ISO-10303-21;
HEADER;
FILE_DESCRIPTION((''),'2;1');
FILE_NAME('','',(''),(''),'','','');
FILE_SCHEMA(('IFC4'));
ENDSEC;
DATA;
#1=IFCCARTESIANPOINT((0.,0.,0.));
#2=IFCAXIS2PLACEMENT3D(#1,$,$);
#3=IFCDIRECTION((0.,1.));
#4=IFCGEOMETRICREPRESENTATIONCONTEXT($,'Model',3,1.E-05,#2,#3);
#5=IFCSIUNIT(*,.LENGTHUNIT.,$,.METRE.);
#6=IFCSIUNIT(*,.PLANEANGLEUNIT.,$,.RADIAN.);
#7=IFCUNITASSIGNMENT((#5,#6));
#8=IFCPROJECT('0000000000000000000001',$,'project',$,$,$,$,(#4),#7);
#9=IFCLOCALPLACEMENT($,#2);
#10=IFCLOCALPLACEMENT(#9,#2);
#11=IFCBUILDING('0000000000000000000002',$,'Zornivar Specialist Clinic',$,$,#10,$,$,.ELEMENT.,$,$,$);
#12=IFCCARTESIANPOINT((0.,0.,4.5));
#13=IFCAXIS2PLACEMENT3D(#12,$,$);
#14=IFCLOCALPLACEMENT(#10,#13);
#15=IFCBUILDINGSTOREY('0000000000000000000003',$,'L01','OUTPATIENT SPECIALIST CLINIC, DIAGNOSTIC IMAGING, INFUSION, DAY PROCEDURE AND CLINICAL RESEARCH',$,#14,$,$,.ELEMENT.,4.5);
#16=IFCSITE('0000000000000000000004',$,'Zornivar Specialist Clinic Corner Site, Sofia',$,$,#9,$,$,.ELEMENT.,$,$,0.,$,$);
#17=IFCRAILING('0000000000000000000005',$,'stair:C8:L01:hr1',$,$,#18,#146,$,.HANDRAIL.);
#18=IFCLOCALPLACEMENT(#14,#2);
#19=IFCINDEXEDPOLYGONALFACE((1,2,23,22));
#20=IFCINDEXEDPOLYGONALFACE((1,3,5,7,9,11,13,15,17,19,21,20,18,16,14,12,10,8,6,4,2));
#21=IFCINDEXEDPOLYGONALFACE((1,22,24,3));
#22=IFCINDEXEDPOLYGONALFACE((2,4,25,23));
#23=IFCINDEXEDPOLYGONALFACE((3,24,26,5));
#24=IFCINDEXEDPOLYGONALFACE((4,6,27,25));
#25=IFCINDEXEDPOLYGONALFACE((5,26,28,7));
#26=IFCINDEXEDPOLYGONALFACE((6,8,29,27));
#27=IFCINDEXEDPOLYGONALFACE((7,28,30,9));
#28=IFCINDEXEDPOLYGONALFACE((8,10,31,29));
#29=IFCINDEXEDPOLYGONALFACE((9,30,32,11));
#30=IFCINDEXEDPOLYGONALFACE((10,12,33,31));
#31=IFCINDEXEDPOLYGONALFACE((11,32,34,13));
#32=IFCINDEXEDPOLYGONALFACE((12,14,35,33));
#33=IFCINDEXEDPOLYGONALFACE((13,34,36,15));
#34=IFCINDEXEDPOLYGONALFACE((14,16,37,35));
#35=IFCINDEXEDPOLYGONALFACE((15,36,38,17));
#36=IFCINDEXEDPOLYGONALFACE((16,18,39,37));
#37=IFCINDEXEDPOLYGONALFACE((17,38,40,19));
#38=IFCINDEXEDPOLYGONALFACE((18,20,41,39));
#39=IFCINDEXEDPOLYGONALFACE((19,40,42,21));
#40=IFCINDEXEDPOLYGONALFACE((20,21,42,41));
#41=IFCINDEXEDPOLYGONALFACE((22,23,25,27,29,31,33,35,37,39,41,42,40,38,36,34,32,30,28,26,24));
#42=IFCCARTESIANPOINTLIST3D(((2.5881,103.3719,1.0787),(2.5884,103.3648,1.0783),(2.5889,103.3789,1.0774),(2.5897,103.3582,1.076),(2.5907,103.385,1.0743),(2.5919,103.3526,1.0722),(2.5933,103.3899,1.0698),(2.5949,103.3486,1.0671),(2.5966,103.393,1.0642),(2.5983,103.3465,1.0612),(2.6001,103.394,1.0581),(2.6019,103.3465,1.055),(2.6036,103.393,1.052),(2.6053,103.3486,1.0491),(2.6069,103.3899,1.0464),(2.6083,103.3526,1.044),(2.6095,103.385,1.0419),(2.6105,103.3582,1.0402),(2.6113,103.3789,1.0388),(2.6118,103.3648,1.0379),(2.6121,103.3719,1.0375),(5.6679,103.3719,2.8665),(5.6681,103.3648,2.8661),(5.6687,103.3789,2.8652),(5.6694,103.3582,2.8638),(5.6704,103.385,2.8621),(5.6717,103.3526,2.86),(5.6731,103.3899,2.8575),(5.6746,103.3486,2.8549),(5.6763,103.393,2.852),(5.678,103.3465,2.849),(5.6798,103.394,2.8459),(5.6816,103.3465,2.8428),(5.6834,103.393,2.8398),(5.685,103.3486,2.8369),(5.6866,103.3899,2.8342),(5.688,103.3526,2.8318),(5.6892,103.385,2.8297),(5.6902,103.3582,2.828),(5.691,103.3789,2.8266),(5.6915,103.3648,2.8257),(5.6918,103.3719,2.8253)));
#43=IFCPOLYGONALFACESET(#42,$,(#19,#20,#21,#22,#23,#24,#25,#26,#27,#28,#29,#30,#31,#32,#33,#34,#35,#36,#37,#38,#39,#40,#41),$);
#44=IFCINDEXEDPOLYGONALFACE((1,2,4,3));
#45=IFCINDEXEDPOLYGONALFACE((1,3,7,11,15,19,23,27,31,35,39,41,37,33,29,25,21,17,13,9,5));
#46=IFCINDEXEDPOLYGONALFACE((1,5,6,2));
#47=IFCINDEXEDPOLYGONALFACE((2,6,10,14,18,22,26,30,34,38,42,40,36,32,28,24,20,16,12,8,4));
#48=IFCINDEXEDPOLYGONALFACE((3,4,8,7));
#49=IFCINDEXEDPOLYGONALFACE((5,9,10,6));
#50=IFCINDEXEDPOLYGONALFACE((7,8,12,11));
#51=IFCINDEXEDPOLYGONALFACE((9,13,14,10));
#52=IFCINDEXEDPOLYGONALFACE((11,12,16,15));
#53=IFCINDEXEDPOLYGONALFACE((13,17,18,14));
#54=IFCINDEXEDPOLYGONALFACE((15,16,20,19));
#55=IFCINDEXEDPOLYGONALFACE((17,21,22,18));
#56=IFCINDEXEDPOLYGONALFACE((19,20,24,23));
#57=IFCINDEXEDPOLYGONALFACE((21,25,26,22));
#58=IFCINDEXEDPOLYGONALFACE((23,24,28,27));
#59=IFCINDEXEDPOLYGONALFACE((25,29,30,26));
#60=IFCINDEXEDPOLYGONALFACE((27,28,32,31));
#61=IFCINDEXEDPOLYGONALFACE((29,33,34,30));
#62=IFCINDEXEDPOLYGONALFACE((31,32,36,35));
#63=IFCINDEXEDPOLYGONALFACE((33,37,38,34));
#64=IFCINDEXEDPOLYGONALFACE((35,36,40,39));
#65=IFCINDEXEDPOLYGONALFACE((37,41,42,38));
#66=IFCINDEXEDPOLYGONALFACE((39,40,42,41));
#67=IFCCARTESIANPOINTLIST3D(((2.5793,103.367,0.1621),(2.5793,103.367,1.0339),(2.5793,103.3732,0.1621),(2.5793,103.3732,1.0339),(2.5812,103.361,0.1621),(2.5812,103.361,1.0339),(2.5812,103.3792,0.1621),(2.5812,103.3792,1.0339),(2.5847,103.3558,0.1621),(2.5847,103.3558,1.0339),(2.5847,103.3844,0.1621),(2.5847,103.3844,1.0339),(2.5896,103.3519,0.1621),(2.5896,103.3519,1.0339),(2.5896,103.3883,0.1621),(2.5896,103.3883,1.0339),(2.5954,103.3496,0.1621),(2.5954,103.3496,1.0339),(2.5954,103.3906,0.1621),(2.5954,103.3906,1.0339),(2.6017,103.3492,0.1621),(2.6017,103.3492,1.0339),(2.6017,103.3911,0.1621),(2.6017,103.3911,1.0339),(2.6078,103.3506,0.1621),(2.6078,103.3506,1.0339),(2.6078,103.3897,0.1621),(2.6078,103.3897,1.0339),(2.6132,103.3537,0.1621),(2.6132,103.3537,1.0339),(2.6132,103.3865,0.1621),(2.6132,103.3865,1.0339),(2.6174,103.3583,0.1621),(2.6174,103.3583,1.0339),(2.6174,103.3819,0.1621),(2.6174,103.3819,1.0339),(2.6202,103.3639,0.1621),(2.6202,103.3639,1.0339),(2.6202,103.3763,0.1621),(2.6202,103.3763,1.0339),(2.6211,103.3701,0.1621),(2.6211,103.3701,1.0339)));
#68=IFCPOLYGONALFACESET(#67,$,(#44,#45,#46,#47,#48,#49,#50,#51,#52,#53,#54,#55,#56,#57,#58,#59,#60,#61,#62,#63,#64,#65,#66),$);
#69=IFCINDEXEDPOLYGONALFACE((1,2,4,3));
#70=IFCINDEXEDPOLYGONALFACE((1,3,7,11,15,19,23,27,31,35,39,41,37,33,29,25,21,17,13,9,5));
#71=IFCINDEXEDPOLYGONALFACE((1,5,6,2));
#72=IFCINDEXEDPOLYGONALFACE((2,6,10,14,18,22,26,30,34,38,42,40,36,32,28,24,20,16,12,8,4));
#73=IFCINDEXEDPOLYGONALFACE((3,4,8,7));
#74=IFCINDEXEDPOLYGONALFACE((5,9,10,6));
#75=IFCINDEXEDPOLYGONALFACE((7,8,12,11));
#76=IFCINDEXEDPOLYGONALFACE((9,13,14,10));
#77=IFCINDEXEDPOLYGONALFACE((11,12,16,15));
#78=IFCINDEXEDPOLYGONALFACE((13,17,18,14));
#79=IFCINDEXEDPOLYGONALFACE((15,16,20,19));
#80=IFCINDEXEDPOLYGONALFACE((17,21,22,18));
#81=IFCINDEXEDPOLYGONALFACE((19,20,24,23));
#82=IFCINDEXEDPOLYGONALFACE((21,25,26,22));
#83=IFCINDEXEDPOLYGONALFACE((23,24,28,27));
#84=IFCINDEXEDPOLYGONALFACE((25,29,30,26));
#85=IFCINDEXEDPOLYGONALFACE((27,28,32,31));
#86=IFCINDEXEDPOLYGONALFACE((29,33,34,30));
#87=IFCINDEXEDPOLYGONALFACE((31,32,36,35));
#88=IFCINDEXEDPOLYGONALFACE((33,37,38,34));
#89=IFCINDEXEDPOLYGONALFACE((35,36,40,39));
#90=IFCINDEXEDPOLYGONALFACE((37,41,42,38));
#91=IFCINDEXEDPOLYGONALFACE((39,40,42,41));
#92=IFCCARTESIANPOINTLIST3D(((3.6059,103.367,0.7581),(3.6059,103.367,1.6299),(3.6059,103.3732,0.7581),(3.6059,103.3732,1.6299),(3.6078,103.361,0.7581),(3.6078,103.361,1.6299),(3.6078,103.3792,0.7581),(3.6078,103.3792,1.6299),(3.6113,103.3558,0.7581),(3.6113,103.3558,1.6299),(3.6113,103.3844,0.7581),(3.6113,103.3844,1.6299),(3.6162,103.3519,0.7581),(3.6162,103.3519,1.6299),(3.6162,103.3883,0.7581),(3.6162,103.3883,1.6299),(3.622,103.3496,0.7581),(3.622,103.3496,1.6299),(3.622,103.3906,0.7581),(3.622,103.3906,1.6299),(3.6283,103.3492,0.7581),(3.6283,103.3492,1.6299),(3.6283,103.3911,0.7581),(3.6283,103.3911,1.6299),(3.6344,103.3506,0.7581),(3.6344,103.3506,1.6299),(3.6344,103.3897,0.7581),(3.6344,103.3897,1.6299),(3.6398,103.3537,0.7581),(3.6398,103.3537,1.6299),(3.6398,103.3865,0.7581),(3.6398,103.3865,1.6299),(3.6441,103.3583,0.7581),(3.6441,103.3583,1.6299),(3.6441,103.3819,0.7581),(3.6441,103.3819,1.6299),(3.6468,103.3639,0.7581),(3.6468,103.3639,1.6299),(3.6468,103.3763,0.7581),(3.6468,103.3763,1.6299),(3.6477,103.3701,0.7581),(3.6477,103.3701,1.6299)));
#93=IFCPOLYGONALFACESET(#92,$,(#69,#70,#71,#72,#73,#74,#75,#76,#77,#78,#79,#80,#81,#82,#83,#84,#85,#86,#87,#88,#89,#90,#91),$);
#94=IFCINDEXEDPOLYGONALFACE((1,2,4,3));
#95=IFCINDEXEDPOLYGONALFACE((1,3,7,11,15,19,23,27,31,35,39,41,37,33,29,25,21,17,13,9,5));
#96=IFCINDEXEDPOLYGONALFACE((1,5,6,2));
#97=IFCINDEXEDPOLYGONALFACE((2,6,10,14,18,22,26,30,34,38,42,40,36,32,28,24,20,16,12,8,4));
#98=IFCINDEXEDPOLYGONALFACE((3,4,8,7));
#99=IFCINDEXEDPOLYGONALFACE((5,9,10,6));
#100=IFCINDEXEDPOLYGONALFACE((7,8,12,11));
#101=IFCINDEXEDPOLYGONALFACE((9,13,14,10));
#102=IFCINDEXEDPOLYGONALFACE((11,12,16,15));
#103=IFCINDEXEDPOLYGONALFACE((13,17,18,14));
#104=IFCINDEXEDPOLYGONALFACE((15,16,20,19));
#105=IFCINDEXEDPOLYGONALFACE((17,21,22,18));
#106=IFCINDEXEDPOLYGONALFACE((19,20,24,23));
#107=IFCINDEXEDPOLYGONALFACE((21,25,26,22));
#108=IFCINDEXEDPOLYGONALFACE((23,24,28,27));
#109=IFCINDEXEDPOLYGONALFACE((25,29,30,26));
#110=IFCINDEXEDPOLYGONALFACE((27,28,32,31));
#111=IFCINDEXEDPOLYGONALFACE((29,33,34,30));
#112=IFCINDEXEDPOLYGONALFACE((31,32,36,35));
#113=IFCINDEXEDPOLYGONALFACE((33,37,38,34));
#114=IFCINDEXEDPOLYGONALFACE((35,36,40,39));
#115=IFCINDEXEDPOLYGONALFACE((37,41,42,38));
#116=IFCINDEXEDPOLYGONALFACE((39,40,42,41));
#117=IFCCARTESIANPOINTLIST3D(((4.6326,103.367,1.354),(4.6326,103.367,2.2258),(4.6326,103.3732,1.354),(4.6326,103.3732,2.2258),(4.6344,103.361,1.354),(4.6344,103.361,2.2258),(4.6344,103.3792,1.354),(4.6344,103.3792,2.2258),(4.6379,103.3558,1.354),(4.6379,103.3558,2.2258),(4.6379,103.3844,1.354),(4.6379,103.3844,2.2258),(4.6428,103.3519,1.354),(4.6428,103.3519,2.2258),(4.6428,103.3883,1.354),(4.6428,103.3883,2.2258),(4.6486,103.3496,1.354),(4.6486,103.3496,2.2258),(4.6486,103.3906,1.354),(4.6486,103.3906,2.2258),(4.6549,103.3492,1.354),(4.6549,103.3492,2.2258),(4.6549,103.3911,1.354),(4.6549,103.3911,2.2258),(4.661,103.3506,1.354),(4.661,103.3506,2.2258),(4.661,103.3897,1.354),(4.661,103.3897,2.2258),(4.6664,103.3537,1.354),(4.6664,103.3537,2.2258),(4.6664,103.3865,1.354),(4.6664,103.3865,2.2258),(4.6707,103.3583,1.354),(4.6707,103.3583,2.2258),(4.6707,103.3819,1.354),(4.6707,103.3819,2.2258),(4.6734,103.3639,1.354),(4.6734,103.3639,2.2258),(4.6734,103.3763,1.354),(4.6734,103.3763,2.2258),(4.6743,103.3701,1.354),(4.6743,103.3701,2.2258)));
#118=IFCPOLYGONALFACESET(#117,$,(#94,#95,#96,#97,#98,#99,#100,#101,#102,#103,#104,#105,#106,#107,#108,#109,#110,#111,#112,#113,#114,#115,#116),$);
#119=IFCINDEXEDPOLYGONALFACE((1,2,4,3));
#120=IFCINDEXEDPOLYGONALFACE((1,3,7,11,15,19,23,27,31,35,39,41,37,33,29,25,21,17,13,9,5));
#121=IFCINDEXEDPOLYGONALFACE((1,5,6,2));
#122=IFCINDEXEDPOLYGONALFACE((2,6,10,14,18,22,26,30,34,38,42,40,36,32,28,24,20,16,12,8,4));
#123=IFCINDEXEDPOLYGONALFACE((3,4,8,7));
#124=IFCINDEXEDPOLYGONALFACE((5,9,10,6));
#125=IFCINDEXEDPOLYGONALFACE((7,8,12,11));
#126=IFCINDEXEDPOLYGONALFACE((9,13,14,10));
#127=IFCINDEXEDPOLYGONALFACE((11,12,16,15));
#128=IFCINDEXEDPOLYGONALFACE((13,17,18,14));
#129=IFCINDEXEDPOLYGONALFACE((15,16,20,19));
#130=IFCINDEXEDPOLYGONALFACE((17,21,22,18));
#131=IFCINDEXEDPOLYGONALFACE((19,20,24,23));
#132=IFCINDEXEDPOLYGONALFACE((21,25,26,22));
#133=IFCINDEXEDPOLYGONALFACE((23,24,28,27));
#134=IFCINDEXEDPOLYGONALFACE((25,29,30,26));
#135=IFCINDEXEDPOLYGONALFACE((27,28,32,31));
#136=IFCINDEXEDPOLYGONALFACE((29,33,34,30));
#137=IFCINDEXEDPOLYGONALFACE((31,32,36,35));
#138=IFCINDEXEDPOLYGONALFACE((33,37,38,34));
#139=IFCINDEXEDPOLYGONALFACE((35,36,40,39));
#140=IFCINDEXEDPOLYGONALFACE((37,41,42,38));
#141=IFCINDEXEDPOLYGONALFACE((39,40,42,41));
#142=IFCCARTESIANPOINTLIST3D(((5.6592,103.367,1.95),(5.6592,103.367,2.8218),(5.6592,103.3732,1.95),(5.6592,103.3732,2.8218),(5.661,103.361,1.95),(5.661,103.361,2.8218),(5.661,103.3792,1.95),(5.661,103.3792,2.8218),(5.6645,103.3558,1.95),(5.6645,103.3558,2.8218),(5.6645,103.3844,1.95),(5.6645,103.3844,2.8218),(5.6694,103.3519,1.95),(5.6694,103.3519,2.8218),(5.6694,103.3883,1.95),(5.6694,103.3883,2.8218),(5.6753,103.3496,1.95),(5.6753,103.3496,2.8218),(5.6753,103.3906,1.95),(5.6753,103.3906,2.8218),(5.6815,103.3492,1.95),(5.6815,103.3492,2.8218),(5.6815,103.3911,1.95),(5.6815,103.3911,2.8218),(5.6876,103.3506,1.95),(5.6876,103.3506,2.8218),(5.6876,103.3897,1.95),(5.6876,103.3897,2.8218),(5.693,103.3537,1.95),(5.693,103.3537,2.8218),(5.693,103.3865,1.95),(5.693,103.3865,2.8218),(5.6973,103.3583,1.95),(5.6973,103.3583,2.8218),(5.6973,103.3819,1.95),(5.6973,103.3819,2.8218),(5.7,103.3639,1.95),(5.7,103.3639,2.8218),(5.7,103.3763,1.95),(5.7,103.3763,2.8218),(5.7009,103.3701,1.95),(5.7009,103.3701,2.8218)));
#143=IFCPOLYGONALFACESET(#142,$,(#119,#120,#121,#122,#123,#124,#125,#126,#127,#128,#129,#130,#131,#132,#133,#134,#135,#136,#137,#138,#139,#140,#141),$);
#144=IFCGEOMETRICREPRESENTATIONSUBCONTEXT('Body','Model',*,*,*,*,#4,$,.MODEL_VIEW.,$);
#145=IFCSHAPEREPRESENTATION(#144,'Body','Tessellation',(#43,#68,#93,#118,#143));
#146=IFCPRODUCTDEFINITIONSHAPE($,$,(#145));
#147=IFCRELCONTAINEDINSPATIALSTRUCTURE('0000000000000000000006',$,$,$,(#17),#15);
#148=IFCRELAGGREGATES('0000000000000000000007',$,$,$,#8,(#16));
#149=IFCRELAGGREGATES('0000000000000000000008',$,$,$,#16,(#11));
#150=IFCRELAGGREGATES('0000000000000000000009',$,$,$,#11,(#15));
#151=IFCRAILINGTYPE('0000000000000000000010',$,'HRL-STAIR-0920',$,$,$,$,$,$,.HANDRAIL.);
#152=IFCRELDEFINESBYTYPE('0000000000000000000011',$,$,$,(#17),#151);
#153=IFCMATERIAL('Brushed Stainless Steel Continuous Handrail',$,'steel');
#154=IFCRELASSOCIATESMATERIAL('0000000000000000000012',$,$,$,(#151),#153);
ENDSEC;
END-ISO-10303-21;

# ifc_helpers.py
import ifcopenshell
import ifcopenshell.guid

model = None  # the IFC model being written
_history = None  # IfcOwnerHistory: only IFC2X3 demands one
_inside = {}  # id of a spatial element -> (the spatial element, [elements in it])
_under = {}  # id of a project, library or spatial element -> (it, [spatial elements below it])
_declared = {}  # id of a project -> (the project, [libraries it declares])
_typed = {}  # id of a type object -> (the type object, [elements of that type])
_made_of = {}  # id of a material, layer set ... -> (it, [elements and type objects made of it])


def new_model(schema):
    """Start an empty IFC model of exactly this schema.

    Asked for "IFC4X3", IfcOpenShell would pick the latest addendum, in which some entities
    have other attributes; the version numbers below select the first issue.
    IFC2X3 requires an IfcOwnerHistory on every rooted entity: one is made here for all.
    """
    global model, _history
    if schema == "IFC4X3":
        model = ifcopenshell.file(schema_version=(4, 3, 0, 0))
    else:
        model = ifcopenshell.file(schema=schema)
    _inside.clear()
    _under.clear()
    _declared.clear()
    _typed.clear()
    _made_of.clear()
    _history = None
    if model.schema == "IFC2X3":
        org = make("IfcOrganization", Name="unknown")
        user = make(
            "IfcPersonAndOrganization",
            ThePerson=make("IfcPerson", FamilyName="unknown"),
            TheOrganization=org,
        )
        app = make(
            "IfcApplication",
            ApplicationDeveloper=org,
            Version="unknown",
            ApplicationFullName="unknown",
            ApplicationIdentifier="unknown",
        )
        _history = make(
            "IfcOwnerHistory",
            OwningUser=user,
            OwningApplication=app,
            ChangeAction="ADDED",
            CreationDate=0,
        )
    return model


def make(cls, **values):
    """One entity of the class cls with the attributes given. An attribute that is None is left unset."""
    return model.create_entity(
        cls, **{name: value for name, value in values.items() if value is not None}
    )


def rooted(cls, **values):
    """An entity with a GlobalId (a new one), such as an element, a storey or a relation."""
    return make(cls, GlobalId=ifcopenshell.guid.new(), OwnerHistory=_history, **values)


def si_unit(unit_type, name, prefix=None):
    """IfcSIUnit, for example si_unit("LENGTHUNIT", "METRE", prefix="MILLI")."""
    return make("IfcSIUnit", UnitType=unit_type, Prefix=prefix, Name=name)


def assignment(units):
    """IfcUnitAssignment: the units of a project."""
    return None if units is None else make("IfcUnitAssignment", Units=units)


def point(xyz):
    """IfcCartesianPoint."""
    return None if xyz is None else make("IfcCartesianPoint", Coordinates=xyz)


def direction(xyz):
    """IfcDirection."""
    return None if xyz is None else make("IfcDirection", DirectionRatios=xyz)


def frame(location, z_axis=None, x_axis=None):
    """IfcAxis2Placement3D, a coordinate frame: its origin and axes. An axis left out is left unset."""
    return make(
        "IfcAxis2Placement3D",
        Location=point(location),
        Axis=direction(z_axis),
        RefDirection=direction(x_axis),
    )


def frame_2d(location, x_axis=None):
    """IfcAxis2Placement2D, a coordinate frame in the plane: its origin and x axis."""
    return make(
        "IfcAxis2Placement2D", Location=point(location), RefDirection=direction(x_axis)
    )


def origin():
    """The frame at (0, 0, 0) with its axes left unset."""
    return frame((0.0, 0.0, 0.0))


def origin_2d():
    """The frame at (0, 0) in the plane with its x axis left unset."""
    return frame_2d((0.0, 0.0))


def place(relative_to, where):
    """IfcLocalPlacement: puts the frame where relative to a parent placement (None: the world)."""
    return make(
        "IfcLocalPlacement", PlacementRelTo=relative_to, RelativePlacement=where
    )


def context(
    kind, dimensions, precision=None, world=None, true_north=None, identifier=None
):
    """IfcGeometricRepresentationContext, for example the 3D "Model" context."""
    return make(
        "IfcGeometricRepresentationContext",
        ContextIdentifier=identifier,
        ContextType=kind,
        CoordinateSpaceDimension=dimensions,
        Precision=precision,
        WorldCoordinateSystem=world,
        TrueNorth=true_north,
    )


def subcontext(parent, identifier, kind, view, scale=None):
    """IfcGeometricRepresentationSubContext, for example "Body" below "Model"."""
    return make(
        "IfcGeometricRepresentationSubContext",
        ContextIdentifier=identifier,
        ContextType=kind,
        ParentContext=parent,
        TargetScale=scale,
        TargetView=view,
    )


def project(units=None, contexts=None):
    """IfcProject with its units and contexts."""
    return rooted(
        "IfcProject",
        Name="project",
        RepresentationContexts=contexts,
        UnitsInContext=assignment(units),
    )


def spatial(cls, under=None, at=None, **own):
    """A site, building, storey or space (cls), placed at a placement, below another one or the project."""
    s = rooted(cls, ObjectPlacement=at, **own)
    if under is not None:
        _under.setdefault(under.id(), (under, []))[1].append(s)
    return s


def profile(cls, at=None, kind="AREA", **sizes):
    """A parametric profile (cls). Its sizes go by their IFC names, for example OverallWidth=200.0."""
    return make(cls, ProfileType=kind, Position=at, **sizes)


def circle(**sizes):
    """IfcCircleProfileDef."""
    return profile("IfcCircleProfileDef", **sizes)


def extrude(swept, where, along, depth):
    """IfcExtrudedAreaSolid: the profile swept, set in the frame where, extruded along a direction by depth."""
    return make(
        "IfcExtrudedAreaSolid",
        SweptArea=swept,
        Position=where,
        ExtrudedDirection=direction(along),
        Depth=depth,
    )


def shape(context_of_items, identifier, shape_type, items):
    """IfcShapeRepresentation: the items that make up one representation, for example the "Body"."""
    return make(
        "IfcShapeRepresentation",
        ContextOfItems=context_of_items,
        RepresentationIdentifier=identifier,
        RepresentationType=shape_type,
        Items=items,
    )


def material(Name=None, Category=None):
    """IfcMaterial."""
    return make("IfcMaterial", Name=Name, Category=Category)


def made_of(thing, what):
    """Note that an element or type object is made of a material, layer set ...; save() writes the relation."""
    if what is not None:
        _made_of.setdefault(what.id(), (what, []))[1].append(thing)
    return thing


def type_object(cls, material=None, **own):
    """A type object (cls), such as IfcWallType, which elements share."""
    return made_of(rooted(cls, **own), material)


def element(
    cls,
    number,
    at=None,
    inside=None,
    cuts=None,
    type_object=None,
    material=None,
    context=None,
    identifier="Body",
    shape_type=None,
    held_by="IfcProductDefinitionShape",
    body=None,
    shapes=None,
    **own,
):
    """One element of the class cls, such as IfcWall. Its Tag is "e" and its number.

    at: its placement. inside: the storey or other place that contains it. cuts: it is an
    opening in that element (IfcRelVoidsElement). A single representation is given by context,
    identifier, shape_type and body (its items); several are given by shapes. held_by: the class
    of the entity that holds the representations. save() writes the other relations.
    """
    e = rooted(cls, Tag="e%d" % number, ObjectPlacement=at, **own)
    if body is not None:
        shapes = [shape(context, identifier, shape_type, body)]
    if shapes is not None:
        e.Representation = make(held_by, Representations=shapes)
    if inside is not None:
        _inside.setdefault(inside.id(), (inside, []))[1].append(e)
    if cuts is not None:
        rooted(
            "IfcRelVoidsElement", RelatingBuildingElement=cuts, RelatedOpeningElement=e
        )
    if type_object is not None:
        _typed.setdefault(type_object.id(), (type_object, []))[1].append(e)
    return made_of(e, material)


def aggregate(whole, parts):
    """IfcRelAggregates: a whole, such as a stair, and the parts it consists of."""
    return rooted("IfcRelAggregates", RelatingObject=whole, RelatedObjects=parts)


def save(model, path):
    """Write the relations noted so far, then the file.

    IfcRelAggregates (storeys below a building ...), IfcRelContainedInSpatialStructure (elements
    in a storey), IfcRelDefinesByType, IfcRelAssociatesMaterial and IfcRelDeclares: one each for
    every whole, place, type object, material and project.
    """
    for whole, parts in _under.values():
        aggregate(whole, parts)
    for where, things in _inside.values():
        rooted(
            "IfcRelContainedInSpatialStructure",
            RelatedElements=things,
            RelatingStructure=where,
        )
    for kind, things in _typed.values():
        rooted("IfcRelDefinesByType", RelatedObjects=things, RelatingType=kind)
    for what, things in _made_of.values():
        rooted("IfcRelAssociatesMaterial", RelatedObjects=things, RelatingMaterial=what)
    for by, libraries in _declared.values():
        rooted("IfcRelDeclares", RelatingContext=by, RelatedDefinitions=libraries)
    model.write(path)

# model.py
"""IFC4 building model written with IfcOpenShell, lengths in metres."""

from ifc_helpers import new_model, si_unit, direction, frame, origin, origin_2d, place, context, subcontext, project, spatial, circle, extrude, material, type_object, element, save


model = new_model("IFC4")

# Units and contexts
model_context = context("Model", 3, precision=1e-05, world=origin(), true_north=direction((0.0, 1.0)))
body_context = subcontext(model_context, "Body", "Model", "MODEL_VIEW")
ifc_project = project(units=[si_unit("LENGTHUNIT", "METRE"), si_unit("PLANEANGLEUNIT", "RADIAN")], contexts=[model_context])

# Site, building, storey
site_placement = place(None, origin())
site = spatial("IfcSite", under=ifc_project, at=site_placement, Name="Zornivar Specialist Clinic Corner Site, Sofia", CompositionType="ELEMENT", RefElevation=0.0)
building_placement = place(site_placement, origin())
building = spatial("IfcBuilding", under=site, at=building_placement, Name="Zornivar Specialist Clinic", CompositionType="ELEMENT")
storey_placement = place(building_placement, frame((0.0, 0.0, 4.5)))
storey = spatial("IfcBuildingStorey", under=building, at=storey_placement, Name="L01", Description="OUTPATIENT SPECIALIST CLINIC, DIAGNOSTIC IMAGING, INFUSION, DAY PROCEDURE AND CLINICAL RESEARCH", CompositionType="ELEMENT", Elevation=4.5)

# Railing
ifc_material_1 = material(Name="Brushed Stainless Steel Continuous Handrail", Category="steel")
railing_type_1 = type_object("IfcRailingType", Name="HRL-STAIR-0920", PredefinedType="HANDRAIL", material=ifc_material_1)
railing_1_placement = place(storey_placement, frame((2.6001, 103.3701, 0.1621)))
element("IfcRailing", 1, at=railing_1_placement, inside=storey, type_object=railing_type_1, Name="stair:C8:L01:hr1", PredefinedType="HANDRAIL", context=body_context, shape_type="SweptSolid", body=[
    extrude(circle(Radius=0.0239, at=origin_2d()), frame((0.0, 0.0, 0.896), z_axis=(0.864844, 0.0, 0.502041), x_axis=(0.0, 1.0, 0.0)), (0.0, 0.0, 1.0), 3.561),
    extrude(circle(Radius=0.021, at=origin_2d()), origin(), (0.0, 0.0, 1.0), 0.8718),
    extrude(circle(Radius=0.021, at=origin_2d()), frame((1.0266, 0.0, 0.5959)), (0.0, 0.0, 1.0), 0.8718),
    extrude(circle(Radius=0.021, at=origin_2d()), frame((2.0532, 0.0, 1.1919)), (0.0, 0.0, 1.0), 0.8718),
    extrude(circle(Radius=0.021, at=origin_2d()), frame((3.0798, 0.0, 1.7878)), (0.0, 0.0, 1.0), 0.8718),
])

save(model, "model.ifc")
